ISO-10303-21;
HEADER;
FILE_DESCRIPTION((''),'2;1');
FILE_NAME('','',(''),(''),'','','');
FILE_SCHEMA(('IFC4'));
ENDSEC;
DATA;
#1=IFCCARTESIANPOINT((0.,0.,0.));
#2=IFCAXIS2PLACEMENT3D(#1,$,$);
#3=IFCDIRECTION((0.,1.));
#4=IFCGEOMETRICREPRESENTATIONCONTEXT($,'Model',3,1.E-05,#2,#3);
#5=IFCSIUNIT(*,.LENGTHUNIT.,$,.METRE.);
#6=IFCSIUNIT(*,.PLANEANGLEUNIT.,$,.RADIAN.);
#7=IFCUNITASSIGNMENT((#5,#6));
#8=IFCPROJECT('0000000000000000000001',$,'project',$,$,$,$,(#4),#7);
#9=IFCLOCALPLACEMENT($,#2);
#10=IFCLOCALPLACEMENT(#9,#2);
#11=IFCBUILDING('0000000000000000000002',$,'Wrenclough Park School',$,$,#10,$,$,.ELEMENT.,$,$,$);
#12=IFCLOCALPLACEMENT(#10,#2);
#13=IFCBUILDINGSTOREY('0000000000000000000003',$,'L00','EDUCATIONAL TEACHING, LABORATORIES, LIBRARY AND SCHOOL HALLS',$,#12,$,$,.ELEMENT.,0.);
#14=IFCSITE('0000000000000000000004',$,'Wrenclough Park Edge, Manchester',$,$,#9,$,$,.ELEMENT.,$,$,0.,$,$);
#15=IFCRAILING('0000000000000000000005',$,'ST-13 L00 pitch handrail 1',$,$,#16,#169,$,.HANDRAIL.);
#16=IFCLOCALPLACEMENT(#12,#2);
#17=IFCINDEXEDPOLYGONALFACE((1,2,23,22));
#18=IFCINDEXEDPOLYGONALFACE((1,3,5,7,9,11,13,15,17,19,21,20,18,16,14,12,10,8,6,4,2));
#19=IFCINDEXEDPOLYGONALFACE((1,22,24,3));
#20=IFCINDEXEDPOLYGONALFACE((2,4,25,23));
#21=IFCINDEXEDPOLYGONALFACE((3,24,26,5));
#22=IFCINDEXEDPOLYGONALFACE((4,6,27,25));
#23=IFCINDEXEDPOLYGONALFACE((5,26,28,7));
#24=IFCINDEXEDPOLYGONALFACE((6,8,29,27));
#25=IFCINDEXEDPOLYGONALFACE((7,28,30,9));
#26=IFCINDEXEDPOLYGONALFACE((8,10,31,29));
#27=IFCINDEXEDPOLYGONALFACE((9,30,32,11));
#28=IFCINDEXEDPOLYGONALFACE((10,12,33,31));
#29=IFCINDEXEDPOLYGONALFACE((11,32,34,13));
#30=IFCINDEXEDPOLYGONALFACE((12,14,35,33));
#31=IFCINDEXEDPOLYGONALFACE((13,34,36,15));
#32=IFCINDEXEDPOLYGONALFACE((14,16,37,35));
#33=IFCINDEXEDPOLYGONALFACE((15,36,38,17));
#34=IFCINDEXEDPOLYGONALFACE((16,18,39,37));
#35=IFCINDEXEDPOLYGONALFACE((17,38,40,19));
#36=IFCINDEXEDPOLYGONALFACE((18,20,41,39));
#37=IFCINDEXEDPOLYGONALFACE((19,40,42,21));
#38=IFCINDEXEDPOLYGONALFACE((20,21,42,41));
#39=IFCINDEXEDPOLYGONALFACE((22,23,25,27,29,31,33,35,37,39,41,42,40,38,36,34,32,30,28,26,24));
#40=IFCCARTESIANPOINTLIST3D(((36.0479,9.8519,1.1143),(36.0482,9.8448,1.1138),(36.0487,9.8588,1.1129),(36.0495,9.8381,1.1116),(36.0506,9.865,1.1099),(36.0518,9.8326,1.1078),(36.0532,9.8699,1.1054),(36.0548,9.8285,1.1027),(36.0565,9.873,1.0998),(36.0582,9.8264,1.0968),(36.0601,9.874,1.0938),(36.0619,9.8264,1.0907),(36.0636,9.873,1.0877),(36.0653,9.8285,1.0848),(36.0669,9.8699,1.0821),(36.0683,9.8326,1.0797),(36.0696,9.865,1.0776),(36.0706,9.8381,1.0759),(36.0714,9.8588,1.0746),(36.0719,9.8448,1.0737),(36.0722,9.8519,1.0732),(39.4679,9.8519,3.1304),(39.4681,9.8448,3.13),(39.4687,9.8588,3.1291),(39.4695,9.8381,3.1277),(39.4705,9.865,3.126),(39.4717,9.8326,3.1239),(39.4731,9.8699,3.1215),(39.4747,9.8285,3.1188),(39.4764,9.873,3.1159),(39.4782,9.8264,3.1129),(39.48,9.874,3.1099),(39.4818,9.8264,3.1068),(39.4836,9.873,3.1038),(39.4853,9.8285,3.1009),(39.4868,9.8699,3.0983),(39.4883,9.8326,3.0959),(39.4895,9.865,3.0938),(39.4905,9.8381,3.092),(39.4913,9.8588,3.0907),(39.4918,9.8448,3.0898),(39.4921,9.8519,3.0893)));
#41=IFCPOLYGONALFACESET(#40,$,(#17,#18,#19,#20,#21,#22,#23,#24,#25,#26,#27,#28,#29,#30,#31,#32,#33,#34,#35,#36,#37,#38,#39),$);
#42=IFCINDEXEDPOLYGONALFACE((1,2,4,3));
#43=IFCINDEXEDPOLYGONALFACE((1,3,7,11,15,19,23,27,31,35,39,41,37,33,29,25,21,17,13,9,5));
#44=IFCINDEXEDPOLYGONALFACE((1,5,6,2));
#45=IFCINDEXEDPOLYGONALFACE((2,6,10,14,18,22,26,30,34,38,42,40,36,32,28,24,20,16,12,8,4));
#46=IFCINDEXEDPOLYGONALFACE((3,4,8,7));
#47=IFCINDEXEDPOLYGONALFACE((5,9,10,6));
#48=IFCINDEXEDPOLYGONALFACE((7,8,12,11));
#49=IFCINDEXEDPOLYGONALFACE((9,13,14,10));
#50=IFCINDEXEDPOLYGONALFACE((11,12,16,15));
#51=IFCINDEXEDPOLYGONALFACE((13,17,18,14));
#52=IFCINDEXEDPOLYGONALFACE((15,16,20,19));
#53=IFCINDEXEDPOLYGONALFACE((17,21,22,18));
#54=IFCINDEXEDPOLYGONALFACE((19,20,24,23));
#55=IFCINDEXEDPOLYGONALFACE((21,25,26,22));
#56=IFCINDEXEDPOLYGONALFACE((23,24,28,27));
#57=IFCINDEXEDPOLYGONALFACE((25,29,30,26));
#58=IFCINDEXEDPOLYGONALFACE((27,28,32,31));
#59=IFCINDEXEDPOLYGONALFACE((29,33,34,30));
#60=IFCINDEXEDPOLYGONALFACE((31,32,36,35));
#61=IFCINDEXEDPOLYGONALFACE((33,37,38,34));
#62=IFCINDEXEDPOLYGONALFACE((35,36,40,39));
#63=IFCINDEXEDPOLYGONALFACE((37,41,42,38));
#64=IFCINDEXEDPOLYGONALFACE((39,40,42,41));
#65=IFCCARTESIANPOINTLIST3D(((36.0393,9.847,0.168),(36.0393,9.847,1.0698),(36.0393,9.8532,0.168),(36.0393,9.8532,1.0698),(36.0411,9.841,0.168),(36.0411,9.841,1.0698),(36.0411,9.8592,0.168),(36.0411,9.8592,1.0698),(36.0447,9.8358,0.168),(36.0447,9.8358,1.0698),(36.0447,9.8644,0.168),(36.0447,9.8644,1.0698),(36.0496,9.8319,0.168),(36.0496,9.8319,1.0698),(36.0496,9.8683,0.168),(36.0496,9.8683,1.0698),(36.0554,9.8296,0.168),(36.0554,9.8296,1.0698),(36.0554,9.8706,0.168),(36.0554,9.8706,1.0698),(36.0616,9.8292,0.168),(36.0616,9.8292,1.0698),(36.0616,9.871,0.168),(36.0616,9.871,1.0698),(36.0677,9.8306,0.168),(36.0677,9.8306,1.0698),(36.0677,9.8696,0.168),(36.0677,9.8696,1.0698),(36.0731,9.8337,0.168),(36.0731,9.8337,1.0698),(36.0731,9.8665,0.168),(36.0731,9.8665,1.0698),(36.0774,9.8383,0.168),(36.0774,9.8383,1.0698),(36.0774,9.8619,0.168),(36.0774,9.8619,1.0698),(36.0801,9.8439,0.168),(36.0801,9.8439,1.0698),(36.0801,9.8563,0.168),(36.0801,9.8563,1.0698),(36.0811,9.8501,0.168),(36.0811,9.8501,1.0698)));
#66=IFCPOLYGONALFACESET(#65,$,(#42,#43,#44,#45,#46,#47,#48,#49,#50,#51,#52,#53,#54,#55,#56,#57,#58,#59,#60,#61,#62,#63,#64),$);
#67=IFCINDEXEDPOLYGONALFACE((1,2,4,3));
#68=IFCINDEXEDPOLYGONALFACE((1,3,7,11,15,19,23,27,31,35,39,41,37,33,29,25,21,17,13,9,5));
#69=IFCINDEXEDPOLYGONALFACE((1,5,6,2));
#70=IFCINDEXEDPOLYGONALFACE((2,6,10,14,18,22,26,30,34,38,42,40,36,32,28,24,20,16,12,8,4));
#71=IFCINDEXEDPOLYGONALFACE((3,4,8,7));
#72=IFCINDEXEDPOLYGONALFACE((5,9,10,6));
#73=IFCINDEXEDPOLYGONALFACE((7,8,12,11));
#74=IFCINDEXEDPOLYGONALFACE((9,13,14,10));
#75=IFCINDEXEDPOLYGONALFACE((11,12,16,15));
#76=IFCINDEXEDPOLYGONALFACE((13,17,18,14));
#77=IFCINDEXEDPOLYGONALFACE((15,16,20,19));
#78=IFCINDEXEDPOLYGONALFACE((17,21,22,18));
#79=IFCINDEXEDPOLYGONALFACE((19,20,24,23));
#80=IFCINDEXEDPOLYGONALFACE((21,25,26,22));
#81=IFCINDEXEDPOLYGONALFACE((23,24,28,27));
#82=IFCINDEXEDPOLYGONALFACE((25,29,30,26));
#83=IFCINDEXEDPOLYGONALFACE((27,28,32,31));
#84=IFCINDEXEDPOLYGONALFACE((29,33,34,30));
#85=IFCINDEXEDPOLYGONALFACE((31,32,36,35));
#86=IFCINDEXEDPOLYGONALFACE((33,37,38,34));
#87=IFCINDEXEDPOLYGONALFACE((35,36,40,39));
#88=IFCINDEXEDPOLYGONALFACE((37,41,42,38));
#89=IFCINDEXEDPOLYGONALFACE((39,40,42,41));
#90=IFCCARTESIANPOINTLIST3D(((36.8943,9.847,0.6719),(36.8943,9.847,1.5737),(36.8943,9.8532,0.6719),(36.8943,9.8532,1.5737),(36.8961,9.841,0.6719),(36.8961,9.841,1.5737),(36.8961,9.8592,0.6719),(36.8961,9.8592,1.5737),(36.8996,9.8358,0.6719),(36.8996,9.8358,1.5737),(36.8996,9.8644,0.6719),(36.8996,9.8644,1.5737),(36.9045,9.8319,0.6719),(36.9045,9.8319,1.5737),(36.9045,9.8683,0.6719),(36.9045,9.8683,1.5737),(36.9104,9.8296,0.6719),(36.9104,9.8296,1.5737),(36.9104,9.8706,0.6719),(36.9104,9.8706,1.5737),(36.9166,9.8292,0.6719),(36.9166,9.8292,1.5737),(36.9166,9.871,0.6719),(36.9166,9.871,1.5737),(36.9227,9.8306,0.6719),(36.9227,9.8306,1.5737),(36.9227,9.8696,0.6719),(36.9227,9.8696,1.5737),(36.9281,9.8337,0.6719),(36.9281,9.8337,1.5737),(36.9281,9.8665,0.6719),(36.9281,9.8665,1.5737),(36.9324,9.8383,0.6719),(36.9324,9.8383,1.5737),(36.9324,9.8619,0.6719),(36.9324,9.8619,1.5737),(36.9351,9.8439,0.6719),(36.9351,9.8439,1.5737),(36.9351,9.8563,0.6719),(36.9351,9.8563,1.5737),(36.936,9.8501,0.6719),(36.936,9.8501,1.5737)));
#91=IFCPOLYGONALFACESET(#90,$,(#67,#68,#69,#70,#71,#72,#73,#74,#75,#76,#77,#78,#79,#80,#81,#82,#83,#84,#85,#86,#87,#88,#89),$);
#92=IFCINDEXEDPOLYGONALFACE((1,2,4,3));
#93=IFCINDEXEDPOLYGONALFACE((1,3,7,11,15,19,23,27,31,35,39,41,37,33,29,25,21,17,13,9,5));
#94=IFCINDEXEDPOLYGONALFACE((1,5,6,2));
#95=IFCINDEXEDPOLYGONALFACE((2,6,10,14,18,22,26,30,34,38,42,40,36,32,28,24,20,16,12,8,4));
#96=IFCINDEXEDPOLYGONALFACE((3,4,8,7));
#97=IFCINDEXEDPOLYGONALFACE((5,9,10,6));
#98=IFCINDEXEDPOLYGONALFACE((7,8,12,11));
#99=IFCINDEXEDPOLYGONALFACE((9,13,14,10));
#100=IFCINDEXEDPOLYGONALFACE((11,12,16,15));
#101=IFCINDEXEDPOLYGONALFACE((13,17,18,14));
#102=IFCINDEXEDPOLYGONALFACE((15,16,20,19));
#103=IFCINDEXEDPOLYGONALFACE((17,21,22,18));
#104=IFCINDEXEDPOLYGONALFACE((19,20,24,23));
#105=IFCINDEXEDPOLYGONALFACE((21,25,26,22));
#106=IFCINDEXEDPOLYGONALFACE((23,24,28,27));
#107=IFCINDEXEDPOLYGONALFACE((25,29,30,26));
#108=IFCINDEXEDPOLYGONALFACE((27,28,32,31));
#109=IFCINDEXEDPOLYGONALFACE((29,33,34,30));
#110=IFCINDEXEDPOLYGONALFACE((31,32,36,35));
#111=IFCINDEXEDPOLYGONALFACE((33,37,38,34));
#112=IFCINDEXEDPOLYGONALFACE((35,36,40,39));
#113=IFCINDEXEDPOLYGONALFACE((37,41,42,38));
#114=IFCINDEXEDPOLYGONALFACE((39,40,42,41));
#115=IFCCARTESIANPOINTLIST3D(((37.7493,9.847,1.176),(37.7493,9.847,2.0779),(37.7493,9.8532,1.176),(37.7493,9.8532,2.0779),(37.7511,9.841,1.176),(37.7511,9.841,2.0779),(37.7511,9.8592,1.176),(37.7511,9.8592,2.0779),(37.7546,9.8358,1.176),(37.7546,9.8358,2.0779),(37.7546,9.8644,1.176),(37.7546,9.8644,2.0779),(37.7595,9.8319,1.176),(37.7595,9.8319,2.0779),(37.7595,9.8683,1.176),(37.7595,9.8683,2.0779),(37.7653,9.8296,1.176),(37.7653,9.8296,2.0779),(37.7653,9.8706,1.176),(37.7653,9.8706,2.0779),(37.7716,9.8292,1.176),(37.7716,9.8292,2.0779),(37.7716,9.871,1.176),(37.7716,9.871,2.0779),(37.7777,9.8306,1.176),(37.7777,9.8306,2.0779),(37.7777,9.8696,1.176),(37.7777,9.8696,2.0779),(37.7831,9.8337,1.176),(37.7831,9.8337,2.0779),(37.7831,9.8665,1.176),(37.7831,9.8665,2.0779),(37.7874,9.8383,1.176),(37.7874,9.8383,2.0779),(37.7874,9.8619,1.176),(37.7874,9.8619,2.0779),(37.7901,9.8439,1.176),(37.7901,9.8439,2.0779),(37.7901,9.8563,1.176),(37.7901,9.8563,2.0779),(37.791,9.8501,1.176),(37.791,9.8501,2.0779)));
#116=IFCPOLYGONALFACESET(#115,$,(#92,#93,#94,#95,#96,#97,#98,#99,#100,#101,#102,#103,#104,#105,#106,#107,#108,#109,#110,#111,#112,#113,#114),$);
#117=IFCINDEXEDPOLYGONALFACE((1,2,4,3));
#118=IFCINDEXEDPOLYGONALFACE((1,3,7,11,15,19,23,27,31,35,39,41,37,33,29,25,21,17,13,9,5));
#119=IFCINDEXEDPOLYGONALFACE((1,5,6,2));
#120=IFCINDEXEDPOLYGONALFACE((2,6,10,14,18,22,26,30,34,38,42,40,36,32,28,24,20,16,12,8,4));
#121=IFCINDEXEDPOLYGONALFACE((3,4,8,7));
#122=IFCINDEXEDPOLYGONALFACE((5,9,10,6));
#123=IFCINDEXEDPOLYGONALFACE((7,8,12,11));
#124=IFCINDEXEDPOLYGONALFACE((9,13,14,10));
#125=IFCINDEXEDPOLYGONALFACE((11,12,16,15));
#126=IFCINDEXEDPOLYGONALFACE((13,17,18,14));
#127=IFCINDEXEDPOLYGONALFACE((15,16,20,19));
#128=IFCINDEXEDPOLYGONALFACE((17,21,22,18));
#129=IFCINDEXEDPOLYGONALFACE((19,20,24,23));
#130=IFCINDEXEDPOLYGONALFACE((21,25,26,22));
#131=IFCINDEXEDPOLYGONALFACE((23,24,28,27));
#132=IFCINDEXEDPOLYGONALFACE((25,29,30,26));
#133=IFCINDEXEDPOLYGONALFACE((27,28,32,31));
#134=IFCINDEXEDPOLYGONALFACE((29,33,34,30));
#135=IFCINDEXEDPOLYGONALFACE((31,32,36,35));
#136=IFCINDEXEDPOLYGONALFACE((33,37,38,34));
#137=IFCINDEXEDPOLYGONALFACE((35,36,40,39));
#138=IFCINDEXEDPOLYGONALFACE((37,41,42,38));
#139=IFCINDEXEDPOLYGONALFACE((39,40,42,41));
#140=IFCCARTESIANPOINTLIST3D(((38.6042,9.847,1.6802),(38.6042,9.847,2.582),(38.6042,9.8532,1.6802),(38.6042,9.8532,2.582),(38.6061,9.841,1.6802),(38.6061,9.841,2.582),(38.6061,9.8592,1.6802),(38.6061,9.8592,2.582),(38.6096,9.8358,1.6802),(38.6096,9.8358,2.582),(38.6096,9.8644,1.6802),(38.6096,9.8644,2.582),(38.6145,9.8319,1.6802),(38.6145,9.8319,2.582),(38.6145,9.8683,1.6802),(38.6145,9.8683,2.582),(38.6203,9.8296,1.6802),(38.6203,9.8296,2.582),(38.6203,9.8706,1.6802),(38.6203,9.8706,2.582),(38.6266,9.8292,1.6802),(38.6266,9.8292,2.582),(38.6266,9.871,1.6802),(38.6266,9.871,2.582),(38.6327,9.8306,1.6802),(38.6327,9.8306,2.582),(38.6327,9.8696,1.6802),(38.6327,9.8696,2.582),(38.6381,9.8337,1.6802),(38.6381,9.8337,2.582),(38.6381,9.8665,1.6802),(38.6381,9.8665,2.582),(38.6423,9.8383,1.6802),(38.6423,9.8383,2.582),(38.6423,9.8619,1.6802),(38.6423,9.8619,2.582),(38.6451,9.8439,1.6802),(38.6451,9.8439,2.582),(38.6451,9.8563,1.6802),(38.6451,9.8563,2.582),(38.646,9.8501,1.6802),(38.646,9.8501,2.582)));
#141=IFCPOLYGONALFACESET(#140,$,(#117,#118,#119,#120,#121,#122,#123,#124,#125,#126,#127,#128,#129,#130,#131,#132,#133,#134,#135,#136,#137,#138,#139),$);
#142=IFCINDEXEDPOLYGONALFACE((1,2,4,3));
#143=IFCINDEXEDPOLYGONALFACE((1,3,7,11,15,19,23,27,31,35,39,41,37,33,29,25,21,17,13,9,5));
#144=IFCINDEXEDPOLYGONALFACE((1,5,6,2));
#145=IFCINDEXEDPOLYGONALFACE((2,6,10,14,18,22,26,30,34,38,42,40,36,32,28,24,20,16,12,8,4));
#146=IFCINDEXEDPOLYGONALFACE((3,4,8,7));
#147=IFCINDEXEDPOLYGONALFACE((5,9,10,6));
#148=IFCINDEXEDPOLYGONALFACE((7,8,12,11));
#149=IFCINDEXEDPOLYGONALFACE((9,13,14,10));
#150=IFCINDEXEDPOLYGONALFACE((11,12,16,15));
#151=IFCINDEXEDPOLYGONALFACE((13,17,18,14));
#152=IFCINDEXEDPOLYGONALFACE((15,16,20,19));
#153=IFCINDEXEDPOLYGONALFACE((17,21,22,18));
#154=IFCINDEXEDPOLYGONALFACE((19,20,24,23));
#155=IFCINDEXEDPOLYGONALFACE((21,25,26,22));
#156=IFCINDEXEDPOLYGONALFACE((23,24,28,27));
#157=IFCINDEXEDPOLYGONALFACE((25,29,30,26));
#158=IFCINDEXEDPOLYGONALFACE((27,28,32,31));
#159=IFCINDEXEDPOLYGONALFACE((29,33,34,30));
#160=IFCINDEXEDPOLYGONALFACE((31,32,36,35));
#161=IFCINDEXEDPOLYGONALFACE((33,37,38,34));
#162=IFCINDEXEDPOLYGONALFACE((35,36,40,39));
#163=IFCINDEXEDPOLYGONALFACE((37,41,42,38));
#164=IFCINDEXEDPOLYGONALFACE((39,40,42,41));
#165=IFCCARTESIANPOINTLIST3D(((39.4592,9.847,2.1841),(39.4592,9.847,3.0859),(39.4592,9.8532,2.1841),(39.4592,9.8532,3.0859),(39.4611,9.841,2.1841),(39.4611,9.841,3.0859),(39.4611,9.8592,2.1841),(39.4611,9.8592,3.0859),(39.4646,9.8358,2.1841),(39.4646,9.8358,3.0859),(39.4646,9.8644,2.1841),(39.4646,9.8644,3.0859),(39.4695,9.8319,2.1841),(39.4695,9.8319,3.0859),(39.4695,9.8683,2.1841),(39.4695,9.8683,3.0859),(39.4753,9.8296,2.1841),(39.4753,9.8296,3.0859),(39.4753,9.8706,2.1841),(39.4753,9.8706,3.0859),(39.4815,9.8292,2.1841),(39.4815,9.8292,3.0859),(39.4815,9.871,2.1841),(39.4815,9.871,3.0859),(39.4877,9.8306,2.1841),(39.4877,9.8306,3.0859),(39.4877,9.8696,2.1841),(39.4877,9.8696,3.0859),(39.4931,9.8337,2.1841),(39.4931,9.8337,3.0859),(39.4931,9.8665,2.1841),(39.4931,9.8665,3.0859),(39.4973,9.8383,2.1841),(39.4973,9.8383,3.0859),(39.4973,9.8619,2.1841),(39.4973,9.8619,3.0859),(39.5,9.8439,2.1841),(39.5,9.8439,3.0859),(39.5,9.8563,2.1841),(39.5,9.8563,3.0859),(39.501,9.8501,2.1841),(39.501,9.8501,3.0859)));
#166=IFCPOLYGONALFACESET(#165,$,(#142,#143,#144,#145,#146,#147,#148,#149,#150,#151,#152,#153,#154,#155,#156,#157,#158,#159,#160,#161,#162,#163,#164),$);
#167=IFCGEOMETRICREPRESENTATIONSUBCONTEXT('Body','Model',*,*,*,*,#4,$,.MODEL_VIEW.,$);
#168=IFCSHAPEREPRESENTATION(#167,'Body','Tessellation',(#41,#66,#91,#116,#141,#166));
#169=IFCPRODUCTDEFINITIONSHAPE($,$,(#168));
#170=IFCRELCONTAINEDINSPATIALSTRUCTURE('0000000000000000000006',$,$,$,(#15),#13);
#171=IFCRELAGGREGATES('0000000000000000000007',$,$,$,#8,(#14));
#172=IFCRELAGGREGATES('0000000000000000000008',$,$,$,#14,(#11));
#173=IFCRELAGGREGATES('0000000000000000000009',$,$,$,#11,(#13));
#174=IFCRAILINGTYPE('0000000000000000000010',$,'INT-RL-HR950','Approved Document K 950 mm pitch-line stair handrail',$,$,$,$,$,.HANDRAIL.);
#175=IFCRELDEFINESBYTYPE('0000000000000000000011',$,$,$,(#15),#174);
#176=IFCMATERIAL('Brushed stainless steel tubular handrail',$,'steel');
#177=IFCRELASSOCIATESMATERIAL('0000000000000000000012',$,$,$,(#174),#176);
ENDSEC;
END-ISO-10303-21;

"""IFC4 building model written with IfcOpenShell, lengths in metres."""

from ifc_helpers import new_model, si_unit, direction, frame, origin, origin_2d, place, context, subcontext, project, spatial, circle, extrude, material, type_object, element, save


model = new_model("IFC4")

# Units and contexts
model_context = context("Model", 3, precision=1e-05, world=origin(), true_north=direction((0.0, 1.0)))
body_context = subcontext(model_context, "Body", "Model", "MODEL_VIEW")
ifc_project = project(units=[si_unit("LENGTHUNIT", "METRE"), si_unit("PLANEANGLEUNIT", "RADIAN")], contexts=[model_context])

# Site, building, storey
site_placement = place(None, origin())
site = spatial("IfcSite", under=ifc_project, at=site_placement, Name="Wrenclough Park Edge, Manchester", CompositionType="ELEMENT", RefElevation=0.0)
building_placement = place(site_placement, origin())
building = spatial("IfcBuilding", under=site, at=building_placement, Name="Wrenclough Park School", CompositionType="ELEMENT")
storey_placement = place(building_placement, origin())
storey = spatial("IfcBuildingStorey", under=building, at=storey_placement, Name="L00", Description="EDUCATIONAL TEACHING, LABORATORIES, LIBRARY AND SCHOOL HALLS", CompositionType="ELEMENT", Elevation=0.0)

# Railing
ifc_material_1 = material(Name="Brushed stainless steel tubular handrail", Category="steel")
railing_type_1 = type_object("IfcRailingType", Name="INT-RL-HR950", Description="Approved Document K 950 mm pitch-line stair handrail", PredefinedType="HANDRAIL", material=ifc_material_1)
railing_1_placement = place(storey_placement, frame((36.0601, 9.8501, 0.168)))
element("IfcRailing", 1, at=railing_1_placement, inside=storey, type_object=railing_type_1, Name="ST-13 L00 pitch handrail 1", PredefinedType="HANDRAIL", context=body_context, shape_type="SweptSolid", body=[
    extrude(circle(Radius=0.0239, at=origin_2d()), frame((0.0, 0.0, 0.9258), z_axis=(0.86145, 0.0, 0.507842), x_axis=(0.0, 1.0, 0.0)), (0.0, 0.0, 1.0), 3.97),
    extrude(circle(Radius=0.021, at=origin_2d()), origin(), (0.0, 0.0, 1.0), 0.9019),
    extrude(circle(Radius=0.021, at=origin_2d()), frame((0.855, 0.0, 0.5039)), (0.0, 0.0, 1.0), 0.9019),
    extrude(circle(Radius=0.021, at=origin_2d()), frame((1.71, 0.0, 1.0081)), (0.0, 0.0, 1.0), 0.9019),
    extrude(circle(Radius=0.021, at=origin_2d()), frame((2.5649, 0.0, 1.5122)), (0.0, 0.0, 1.0), 0.9019),
    extrude(circle(Radius=0.021, at=origin_2d()), frame((3.4199, 0.0, 2.0161)), (0.0, 0.0, 1.0), 0.9019),
])

save(model, "model.ifc")
